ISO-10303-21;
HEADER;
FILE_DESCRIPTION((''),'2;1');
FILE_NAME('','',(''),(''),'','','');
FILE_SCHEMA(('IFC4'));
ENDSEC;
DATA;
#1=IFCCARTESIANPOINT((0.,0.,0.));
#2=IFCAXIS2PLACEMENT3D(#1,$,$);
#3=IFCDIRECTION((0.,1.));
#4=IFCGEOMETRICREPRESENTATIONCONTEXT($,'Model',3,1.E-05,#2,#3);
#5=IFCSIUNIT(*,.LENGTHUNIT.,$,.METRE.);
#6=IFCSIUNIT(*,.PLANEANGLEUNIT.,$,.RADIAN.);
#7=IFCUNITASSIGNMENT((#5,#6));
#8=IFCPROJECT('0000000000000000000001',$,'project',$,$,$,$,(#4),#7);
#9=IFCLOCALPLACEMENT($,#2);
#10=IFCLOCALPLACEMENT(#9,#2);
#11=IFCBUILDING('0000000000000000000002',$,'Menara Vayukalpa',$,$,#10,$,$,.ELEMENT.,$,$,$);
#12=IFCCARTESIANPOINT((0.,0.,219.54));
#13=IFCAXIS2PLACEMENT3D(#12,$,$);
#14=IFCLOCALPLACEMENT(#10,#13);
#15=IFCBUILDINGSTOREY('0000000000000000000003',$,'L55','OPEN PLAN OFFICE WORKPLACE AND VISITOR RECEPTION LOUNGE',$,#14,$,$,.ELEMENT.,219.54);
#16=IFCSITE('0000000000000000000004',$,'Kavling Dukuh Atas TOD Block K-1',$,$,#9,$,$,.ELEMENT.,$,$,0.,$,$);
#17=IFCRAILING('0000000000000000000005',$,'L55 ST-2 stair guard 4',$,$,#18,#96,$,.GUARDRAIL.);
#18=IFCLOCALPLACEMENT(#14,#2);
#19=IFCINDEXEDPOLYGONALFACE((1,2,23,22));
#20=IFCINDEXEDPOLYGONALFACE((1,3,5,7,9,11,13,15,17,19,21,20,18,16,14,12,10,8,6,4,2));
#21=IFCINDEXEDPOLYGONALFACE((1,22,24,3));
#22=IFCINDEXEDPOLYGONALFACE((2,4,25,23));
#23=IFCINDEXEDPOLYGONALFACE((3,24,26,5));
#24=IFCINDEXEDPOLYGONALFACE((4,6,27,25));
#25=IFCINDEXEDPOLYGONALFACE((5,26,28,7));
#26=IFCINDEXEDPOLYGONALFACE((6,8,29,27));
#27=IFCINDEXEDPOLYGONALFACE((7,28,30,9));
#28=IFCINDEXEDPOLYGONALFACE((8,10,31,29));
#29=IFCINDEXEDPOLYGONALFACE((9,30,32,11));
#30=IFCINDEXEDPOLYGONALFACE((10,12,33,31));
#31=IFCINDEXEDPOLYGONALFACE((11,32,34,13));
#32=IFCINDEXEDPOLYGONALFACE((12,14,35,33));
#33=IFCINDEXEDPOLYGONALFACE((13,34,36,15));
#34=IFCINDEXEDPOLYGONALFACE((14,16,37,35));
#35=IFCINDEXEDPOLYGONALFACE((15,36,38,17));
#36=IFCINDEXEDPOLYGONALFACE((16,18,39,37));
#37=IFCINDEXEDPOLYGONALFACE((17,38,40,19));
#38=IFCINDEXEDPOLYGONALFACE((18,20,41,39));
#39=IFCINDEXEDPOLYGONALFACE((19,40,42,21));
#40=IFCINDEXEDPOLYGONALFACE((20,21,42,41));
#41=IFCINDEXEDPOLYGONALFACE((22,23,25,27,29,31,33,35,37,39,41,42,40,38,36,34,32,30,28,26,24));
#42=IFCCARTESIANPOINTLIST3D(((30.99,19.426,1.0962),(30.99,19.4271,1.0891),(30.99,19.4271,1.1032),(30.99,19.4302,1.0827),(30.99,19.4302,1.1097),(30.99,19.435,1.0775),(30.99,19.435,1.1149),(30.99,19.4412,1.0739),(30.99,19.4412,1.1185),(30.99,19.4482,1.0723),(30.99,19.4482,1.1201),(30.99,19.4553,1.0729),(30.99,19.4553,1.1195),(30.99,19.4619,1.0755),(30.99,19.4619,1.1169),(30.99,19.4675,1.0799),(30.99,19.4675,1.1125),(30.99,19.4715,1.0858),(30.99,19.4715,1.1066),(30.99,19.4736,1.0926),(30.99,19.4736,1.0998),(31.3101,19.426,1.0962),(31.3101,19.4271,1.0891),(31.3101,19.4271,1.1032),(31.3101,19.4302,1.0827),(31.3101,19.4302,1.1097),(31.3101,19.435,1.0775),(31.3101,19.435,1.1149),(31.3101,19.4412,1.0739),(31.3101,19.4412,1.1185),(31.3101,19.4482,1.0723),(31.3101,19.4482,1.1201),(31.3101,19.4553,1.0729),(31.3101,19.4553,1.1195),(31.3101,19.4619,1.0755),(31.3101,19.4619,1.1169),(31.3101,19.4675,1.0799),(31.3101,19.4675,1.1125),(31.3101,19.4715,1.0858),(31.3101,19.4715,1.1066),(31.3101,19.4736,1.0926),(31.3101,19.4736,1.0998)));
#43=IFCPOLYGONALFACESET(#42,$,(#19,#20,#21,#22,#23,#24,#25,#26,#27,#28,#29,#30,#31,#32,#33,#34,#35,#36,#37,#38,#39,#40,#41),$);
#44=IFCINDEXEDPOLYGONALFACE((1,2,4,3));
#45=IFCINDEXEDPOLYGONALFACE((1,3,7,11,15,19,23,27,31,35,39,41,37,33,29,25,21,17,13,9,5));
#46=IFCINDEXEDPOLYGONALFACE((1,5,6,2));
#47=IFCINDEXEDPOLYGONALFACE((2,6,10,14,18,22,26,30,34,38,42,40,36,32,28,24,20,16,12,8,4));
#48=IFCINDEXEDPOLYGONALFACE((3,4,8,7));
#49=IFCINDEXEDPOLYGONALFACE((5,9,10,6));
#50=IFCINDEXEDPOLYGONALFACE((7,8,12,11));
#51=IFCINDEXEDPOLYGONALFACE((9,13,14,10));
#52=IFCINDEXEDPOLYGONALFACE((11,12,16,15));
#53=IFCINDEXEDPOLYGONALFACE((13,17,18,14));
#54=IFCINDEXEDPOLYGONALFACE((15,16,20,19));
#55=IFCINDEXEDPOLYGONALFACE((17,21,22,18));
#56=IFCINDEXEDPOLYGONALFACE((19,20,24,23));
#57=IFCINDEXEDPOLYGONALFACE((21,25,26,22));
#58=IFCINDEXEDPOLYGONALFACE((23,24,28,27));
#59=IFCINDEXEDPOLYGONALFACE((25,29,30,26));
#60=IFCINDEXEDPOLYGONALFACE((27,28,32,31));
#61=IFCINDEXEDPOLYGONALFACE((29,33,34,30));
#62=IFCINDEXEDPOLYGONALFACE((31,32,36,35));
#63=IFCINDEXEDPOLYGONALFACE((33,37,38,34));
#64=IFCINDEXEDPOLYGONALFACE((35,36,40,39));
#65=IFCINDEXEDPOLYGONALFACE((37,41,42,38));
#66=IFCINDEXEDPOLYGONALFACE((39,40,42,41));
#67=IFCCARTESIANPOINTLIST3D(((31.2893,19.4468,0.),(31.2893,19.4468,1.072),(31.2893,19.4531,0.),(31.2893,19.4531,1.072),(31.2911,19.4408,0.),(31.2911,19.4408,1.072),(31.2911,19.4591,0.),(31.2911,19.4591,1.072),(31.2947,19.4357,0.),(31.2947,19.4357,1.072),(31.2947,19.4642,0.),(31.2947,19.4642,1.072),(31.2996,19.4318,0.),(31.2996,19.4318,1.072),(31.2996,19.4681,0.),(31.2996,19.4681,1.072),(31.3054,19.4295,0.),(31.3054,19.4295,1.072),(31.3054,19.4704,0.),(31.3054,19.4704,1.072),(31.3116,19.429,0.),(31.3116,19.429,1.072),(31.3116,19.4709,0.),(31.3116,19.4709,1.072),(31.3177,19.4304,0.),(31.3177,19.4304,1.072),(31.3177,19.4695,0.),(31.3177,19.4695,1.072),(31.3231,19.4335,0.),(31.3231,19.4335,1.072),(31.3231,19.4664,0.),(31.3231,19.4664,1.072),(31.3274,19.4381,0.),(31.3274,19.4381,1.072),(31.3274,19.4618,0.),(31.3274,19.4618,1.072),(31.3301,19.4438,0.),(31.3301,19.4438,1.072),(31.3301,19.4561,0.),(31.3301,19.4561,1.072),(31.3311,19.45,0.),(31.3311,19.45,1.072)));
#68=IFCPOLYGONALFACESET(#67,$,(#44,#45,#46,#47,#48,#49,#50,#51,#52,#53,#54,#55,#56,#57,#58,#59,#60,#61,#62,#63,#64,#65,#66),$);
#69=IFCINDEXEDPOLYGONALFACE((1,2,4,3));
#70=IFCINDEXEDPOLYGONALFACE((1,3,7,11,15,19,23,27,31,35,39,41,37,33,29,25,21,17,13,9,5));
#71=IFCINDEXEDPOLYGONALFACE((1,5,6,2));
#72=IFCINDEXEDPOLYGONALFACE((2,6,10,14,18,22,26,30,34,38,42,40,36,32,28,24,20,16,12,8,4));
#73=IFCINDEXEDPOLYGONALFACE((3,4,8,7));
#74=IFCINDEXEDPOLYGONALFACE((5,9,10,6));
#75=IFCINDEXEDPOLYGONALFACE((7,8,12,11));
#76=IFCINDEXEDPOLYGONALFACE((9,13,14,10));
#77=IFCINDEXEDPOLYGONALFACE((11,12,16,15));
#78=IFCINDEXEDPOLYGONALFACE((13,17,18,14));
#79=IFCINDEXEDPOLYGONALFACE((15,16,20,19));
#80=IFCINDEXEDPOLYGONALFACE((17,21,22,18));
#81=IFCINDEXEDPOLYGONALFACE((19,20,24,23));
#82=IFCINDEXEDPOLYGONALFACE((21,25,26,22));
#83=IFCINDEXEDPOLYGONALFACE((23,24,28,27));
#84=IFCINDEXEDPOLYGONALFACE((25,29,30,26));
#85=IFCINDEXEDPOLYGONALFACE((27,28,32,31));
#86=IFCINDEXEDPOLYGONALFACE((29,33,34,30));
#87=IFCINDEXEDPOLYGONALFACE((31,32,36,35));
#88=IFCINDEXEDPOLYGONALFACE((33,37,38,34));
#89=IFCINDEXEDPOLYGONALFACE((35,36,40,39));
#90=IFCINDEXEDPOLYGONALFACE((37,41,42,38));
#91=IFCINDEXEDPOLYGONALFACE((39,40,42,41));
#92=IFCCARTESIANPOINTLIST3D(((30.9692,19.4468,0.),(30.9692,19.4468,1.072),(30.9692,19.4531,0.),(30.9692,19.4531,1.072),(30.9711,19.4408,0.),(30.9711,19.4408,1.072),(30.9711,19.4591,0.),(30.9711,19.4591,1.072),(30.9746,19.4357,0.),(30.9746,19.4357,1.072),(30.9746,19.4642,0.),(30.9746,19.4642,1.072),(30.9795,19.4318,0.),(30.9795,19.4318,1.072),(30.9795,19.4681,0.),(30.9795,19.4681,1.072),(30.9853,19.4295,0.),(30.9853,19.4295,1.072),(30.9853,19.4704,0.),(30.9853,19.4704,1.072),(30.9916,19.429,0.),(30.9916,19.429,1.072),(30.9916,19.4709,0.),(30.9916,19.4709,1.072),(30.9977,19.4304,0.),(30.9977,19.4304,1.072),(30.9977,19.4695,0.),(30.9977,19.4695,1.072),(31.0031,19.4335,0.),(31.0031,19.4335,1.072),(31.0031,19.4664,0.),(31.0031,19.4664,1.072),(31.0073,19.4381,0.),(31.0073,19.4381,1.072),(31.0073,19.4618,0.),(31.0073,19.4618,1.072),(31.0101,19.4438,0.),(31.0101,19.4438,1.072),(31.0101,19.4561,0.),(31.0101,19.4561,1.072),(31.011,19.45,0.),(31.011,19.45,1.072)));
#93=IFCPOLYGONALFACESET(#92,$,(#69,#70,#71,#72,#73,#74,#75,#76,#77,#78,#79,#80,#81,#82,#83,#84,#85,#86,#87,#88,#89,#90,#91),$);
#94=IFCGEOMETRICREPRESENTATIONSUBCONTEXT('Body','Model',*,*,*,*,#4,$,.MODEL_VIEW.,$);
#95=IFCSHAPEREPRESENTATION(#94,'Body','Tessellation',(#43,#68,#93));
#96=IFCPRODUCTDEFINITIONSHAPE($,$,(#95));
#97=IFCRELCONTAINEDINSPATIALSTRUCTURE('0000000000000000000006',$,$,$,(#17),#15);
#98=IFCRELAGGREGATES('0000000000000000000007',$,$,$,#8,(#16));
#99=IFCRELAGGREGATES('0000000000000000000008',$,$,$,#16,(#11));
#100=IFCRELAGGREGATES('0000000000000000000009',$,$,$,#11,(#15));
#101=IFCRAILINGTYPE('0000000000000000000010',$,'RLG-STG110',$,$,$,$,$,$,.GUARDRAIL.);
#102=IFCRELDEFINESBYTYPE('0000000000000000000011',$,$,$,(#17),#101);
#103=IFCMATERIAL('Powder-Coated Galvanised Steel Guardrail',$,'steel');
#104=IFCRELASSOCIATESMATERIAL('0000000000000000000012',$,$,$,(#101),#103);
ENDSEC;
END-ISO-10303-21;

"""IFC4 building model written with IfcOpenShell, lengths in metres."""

from ifc_helpers import new_model, si_unit, direction, frame, origin, origin_2d, place, context, subcontext, project, spatial, circle, extrude, material, type_object, element, save


model = new_model("IFC4")

# Units and contexts
model_context = context("Model", 3, precision=1e-05, world=origin(), true_north=direction((0.0, 1.0)))
body_context = subcontext(model_context, "Body", "Model", "MODEL_VIEW")
ifc_project = project(units=[si_unit("LENGTHUNIT", "METRE"), si_unit("PLANEANGLEUNIT", "RADIAN")], contexts=[model_context])

# Site, building, storey
site_placement = place(None, origin())
site = spatial("IfcSite", under=ifc_project, at=site_placement, Name="Kavling Dukuh Atas TOD Block K-1", CompositionType="ELEMENT", RefElevation=0.0)
building_placement = place(site_placement, origin())
building = spatial("IfcBuilding", under=site, at=building_placement, Name="Menara Vayukalpa", CompositionType="ELEMENT")
storey_placement = place(building_placement, frame((0.0, 0.0, 219.54)))
storey = spatial("IfcBuildingStorey", under=building, at=storey_placement, Name="L55", Description="OPEN PLAN OFFICE WORKPLACE AND VISITOR RECEPTION LOUNGE", CompositionType="ELEMENT", Elevation=219.54)

# Railing
ifc_material_1 = material(Name="Powder-Coated Galvanised Steel Guardrail", Category="steel")
railing_type_1 = type_object("IfcRailingType", Name="RLG-STG110", PredefinedType="GUARDRAIL", material=ifc_material_1)
railing_1_placement = place(storey_placement, frame((31.3101, 19.45, 0.0)))
element("IfcRailing", 1, at=railing_1_placement, inside=storey, type_object=railing_type_1, Name="L55 ST-2 stair guard 4", PredefinedType="GUARDRAIL", context=body_context, shape_type="SweptSolid", body=[
    extrude(circle(Radius=0.0239, at=origin_2d()), frame((0.0, 0.0, 1.0962), z_axis=(-1.0, 0.0, 0.0), x_axis=(0.0, -1.0, 0.0)), (0.0, 0.0, 1.0), 0.3201),
    extrude(circle(Radius=0.021, at=origin_2d()), origin(), (0.0, 0.0, 1.0), 1.072),
    extrude(circle(Radius=0.021, at=origin_2d()), frame((-0.3201, 0.0, 0.0)), (0.0, 0.0, 1.0), 1.072),
])

save(model, "model.ifc")
